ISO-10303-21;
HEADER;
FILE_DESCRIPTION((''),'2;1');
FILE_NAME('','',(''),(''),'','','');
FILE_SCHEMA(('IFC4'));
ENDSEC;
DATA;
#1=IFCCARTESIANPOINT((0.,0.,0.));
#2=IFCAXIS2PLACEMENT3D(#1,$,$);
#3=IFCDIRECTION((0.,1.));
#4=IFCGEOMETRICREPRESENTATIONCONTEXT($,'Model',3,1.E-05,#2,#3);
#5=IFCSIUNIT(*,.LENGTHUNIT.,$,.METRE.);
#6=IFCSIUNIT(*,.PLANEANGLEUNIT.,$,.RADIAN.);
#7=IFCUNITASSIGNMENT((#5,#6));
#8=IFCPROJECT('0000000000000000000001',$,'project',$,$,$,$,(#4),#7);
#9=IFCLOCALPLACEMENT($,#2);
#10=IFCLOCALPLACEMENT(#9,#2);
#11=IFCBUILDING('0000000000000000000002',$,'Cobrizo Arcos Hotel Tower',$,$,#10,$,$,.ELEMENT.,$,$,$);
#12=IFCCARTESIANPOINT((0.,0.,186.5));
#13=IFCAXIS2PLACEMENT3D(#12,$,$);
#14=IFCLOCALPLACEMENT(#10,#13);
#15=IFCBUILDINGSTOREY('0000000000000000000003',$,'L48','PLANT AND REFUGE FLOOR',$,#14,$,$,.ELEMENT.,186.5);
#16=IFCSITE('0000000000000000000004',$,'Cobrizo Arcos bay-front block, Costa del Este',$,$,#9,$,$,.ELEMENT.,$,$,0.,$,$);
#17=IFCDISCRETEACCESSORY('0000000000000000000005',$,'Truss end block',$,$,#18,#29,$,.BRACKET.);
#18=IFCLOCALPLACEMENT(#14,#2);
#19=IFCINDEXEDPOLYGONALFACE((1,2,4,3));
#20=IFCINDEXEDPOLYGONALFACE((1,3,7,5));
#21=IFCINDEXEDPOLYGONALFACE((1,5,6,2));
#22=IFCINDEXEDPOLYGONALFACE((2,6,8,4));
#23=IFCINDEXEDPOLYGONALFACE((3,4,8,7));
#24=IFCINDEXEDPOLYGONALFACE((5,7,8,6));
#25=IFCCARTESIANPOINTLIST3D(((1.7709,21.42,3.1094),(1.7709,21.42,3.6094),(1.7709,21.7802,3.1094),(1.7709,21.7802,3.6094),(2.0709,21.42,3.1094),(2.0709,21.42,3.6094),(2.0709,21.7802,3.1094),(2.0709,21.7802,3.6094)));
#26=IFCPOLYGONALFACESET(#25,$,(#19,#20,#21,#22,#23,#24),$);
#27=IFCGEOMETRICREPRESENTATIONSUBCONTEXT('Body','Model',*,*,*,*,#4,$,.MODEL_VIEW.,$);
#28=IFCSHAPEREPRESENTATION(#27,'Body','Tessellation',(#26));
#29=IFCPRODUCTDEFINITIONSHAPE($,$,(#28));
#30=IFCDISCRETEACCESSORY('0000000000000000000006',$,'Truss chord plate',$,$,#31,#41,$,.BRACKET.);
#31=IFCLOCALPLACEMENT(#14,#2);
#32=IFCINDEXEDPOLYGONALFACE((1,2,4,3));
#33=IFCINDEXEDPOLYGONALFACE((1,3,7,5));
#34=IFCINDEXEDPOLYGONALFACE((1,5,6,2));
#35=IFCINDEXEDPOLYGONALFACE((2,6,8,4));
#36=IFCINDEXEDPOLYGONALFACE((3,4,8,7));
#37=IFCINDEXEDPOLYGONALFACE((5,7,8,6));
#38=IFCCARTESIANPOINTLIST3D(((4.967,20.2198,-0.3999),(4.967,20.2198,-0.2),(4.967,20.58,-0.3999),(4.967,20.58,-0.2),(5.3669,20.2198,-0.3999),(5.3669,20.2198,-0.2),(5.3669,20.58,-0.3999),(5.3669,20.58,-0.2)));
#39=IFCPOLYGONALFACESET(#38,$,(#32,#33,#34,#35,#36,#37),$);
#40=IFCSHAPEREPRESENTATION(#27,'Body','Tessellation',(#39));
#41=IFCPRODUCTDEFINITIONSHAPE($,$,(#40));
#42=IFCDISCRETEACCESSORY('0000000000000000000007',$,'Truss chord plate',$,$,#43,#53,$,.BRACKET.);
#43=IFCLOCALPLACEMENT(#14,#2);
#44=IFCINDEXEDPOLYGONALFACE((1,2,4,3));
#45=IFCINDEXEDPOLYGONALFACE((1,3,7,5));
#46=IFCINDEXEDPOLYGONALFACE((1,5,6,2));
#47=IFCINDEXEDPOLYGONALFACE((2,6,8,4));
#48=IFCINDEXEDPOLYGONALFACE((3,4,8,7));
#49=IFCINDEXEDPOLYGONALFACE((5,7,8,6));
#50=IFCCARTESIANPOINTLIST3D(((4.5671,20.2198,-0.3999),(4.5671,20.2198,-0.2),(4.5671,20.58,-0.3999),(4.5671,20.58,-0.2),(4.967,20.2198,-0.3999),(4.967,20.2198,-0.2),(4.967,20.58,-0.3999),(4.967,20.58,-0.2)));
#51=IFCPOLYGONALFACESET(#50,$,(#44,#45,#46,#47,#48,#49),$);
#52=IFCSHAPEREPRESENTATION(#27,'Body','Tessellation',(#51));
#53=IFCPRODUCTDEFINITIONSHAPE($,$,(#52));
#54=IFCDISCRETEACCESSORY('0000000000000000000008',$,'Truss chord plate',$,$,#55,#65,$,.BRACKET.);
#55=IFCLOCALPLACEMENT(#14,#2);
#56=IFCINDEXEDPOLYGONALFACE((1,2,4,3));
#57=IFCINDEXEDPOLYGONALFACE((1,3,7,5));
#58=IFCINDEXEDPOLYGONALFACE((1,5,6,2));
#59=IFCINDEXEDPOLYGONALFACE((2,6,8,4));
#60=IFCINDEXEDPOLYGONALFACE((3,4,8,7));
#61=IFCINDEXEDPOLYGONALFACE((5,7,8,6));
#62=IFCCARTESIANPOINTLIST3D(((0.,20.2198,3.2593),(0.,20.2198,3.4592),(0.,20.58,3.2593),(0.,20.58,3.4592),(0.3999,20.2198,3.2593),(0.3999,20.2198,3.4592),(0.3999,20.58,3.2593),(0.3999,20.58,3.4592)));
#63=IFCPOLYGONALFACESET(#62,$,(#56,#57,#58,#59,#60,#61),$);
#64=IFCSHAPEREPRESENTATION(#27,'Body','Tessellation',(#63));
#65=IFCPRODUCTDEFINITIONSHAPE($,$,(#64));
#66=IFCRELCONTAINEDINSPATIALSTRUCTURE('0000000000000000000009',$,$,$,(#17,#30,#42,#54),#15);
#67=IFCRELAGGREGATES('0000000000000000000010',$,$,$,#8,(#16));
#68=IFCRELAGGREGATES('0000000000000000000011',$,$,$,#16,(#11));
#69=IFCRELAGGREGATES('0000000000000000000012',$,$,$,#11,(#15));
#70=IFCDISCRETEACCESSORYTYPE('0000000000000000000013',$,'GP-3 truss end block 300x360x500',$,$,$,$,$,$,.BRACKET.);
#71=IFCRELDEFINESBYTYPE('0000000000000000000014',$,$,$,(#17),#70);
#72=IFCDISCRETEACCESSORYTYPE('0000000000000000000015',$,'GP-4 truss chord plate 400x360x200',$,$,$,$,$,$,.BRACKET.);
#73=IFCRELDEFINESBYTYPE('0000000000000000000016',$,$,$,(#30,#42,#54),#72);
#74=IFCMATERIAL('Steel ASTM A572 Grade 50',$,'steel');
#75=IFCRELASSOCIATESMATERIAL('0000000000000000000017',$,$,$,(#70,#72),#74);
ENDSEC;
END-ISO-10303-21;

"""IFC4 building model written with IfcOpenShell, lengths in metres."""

from ifc_helpers import new_model, si_unit, direction, frame, origin, origin_2d, place, context, subcontext, project, spatial, rectangle, extrude, material, type_object, element, save


model = new_model("IFC4")

# Units and contexts
model_context = context("Model", 3, precision=1e-05, world=origin(), true_north=direction((0.0, 1.0)))
body_context = subcontext(model_context, "Body", "Model", "MODEL_VIEW")
ifc_project = project(units=[si_unit("LENGTHUNIT", "METRE"), si_unit("PLANEANGLEUNIT", "RADIAN")], contexts=[model_context])

# Site, building, storey
site_placement = place(None, origin())
site = spatial("IfcSite", under=ifc_project, at=site_placement, Name="Cobrizo Arcos bay-front block, Costa del Este", CompositionType="ELEMENT", RefElevation=0.0)
building_placement = place(site_placement, origin())
building = spatial("IfcBuilding", under=site, at=building_placement, Name="Cobrizo Arcos Hotel Tower", CompositionType="ELEMENT")
storey_placement = place(building_placement, frame((0.0, 0.0, 186.5)))
storey = spatial("IfcBuildingStorey", under=building, at=storey_placement, Name="L48", Description="PLANT AND REFUGE FLOOR", CompositionType="ELEMENT", Elevation=186.5)

# Shared definitions
ifc_material_1 = material(Name="Steel ASTM A572 Grade 50", Category="steel")

# Discrete accessories
discrete_accessory_type_1 = type_object("IfcDiscreteAccessoryType", Name="GP-3 truss end block 300x360x500", PredefinedType="BRACKET", material=ifc_material_1)
for number, where, z_axis, x_axis, name in (
    (1, (1.9209, 21.6001, 3.1094), (0.0, 0.0, 1.0), (-1.0, 0.0, 0.0), "Truss end block"),
):
    element("IfcDiscreteAccessory", number, at=place(storey_placement, frame(where, z_axis=z_axis, x_axis=x_axis)), inside=storey, type_object=discrete_accessory_type_1, Name=name, PredefinedType="BRACKET", context=body_context, shape_type="SweptSolid", body=[
        extrude(rectangle(XDim=0.3, YDim=0.3601, at=origin_2d()), origin(), (0.0, 0.0, 1.0), 0.5),
    ])
discrete_accessory_type_2 = type_object("IfcDiscreteAccessoryType", Name="GP-4 truss chord plate 400x360x200", PredefinedType="BRACKET", material=ifc_material_1)
for number, where, z_axis, x_axis, name in (
    (2, (5.167, 20.3999, -0.3999), (0.0, 0.0, 1.0), (-1.0, 0.0, 0.0), "Truss chord plate"),
    (3, (4.7671, 20.3999, -0.3999), (0.0, 0.0, 1.0), (-1.0, 0.0, 0.0), "Truss chord plate"),
    (4, (0.2, 20.3999, 3.2593), (0.0, 0.0, 1.0), (-1.0, 0.0, 0.0), "Truss chord plate"),
):
    element("IfcDiscreteAccessory", number, at=place(storey_placement, frame(where, z_axis=z_axis, x_axis=x_axis)), inside=storey, type_object=discrete_accessory_type_2, Name=name, PredefinedType="BRACKET", context=body_context, shape_type="SweptSolid", body=[
        extrude(rectangle(XDim=0.3999, YDim=0.3601, at=origin_2d()), origin(), (0.0, 0.0, 1.0), 0.2),
    ])

save(model, "model.ifc")
